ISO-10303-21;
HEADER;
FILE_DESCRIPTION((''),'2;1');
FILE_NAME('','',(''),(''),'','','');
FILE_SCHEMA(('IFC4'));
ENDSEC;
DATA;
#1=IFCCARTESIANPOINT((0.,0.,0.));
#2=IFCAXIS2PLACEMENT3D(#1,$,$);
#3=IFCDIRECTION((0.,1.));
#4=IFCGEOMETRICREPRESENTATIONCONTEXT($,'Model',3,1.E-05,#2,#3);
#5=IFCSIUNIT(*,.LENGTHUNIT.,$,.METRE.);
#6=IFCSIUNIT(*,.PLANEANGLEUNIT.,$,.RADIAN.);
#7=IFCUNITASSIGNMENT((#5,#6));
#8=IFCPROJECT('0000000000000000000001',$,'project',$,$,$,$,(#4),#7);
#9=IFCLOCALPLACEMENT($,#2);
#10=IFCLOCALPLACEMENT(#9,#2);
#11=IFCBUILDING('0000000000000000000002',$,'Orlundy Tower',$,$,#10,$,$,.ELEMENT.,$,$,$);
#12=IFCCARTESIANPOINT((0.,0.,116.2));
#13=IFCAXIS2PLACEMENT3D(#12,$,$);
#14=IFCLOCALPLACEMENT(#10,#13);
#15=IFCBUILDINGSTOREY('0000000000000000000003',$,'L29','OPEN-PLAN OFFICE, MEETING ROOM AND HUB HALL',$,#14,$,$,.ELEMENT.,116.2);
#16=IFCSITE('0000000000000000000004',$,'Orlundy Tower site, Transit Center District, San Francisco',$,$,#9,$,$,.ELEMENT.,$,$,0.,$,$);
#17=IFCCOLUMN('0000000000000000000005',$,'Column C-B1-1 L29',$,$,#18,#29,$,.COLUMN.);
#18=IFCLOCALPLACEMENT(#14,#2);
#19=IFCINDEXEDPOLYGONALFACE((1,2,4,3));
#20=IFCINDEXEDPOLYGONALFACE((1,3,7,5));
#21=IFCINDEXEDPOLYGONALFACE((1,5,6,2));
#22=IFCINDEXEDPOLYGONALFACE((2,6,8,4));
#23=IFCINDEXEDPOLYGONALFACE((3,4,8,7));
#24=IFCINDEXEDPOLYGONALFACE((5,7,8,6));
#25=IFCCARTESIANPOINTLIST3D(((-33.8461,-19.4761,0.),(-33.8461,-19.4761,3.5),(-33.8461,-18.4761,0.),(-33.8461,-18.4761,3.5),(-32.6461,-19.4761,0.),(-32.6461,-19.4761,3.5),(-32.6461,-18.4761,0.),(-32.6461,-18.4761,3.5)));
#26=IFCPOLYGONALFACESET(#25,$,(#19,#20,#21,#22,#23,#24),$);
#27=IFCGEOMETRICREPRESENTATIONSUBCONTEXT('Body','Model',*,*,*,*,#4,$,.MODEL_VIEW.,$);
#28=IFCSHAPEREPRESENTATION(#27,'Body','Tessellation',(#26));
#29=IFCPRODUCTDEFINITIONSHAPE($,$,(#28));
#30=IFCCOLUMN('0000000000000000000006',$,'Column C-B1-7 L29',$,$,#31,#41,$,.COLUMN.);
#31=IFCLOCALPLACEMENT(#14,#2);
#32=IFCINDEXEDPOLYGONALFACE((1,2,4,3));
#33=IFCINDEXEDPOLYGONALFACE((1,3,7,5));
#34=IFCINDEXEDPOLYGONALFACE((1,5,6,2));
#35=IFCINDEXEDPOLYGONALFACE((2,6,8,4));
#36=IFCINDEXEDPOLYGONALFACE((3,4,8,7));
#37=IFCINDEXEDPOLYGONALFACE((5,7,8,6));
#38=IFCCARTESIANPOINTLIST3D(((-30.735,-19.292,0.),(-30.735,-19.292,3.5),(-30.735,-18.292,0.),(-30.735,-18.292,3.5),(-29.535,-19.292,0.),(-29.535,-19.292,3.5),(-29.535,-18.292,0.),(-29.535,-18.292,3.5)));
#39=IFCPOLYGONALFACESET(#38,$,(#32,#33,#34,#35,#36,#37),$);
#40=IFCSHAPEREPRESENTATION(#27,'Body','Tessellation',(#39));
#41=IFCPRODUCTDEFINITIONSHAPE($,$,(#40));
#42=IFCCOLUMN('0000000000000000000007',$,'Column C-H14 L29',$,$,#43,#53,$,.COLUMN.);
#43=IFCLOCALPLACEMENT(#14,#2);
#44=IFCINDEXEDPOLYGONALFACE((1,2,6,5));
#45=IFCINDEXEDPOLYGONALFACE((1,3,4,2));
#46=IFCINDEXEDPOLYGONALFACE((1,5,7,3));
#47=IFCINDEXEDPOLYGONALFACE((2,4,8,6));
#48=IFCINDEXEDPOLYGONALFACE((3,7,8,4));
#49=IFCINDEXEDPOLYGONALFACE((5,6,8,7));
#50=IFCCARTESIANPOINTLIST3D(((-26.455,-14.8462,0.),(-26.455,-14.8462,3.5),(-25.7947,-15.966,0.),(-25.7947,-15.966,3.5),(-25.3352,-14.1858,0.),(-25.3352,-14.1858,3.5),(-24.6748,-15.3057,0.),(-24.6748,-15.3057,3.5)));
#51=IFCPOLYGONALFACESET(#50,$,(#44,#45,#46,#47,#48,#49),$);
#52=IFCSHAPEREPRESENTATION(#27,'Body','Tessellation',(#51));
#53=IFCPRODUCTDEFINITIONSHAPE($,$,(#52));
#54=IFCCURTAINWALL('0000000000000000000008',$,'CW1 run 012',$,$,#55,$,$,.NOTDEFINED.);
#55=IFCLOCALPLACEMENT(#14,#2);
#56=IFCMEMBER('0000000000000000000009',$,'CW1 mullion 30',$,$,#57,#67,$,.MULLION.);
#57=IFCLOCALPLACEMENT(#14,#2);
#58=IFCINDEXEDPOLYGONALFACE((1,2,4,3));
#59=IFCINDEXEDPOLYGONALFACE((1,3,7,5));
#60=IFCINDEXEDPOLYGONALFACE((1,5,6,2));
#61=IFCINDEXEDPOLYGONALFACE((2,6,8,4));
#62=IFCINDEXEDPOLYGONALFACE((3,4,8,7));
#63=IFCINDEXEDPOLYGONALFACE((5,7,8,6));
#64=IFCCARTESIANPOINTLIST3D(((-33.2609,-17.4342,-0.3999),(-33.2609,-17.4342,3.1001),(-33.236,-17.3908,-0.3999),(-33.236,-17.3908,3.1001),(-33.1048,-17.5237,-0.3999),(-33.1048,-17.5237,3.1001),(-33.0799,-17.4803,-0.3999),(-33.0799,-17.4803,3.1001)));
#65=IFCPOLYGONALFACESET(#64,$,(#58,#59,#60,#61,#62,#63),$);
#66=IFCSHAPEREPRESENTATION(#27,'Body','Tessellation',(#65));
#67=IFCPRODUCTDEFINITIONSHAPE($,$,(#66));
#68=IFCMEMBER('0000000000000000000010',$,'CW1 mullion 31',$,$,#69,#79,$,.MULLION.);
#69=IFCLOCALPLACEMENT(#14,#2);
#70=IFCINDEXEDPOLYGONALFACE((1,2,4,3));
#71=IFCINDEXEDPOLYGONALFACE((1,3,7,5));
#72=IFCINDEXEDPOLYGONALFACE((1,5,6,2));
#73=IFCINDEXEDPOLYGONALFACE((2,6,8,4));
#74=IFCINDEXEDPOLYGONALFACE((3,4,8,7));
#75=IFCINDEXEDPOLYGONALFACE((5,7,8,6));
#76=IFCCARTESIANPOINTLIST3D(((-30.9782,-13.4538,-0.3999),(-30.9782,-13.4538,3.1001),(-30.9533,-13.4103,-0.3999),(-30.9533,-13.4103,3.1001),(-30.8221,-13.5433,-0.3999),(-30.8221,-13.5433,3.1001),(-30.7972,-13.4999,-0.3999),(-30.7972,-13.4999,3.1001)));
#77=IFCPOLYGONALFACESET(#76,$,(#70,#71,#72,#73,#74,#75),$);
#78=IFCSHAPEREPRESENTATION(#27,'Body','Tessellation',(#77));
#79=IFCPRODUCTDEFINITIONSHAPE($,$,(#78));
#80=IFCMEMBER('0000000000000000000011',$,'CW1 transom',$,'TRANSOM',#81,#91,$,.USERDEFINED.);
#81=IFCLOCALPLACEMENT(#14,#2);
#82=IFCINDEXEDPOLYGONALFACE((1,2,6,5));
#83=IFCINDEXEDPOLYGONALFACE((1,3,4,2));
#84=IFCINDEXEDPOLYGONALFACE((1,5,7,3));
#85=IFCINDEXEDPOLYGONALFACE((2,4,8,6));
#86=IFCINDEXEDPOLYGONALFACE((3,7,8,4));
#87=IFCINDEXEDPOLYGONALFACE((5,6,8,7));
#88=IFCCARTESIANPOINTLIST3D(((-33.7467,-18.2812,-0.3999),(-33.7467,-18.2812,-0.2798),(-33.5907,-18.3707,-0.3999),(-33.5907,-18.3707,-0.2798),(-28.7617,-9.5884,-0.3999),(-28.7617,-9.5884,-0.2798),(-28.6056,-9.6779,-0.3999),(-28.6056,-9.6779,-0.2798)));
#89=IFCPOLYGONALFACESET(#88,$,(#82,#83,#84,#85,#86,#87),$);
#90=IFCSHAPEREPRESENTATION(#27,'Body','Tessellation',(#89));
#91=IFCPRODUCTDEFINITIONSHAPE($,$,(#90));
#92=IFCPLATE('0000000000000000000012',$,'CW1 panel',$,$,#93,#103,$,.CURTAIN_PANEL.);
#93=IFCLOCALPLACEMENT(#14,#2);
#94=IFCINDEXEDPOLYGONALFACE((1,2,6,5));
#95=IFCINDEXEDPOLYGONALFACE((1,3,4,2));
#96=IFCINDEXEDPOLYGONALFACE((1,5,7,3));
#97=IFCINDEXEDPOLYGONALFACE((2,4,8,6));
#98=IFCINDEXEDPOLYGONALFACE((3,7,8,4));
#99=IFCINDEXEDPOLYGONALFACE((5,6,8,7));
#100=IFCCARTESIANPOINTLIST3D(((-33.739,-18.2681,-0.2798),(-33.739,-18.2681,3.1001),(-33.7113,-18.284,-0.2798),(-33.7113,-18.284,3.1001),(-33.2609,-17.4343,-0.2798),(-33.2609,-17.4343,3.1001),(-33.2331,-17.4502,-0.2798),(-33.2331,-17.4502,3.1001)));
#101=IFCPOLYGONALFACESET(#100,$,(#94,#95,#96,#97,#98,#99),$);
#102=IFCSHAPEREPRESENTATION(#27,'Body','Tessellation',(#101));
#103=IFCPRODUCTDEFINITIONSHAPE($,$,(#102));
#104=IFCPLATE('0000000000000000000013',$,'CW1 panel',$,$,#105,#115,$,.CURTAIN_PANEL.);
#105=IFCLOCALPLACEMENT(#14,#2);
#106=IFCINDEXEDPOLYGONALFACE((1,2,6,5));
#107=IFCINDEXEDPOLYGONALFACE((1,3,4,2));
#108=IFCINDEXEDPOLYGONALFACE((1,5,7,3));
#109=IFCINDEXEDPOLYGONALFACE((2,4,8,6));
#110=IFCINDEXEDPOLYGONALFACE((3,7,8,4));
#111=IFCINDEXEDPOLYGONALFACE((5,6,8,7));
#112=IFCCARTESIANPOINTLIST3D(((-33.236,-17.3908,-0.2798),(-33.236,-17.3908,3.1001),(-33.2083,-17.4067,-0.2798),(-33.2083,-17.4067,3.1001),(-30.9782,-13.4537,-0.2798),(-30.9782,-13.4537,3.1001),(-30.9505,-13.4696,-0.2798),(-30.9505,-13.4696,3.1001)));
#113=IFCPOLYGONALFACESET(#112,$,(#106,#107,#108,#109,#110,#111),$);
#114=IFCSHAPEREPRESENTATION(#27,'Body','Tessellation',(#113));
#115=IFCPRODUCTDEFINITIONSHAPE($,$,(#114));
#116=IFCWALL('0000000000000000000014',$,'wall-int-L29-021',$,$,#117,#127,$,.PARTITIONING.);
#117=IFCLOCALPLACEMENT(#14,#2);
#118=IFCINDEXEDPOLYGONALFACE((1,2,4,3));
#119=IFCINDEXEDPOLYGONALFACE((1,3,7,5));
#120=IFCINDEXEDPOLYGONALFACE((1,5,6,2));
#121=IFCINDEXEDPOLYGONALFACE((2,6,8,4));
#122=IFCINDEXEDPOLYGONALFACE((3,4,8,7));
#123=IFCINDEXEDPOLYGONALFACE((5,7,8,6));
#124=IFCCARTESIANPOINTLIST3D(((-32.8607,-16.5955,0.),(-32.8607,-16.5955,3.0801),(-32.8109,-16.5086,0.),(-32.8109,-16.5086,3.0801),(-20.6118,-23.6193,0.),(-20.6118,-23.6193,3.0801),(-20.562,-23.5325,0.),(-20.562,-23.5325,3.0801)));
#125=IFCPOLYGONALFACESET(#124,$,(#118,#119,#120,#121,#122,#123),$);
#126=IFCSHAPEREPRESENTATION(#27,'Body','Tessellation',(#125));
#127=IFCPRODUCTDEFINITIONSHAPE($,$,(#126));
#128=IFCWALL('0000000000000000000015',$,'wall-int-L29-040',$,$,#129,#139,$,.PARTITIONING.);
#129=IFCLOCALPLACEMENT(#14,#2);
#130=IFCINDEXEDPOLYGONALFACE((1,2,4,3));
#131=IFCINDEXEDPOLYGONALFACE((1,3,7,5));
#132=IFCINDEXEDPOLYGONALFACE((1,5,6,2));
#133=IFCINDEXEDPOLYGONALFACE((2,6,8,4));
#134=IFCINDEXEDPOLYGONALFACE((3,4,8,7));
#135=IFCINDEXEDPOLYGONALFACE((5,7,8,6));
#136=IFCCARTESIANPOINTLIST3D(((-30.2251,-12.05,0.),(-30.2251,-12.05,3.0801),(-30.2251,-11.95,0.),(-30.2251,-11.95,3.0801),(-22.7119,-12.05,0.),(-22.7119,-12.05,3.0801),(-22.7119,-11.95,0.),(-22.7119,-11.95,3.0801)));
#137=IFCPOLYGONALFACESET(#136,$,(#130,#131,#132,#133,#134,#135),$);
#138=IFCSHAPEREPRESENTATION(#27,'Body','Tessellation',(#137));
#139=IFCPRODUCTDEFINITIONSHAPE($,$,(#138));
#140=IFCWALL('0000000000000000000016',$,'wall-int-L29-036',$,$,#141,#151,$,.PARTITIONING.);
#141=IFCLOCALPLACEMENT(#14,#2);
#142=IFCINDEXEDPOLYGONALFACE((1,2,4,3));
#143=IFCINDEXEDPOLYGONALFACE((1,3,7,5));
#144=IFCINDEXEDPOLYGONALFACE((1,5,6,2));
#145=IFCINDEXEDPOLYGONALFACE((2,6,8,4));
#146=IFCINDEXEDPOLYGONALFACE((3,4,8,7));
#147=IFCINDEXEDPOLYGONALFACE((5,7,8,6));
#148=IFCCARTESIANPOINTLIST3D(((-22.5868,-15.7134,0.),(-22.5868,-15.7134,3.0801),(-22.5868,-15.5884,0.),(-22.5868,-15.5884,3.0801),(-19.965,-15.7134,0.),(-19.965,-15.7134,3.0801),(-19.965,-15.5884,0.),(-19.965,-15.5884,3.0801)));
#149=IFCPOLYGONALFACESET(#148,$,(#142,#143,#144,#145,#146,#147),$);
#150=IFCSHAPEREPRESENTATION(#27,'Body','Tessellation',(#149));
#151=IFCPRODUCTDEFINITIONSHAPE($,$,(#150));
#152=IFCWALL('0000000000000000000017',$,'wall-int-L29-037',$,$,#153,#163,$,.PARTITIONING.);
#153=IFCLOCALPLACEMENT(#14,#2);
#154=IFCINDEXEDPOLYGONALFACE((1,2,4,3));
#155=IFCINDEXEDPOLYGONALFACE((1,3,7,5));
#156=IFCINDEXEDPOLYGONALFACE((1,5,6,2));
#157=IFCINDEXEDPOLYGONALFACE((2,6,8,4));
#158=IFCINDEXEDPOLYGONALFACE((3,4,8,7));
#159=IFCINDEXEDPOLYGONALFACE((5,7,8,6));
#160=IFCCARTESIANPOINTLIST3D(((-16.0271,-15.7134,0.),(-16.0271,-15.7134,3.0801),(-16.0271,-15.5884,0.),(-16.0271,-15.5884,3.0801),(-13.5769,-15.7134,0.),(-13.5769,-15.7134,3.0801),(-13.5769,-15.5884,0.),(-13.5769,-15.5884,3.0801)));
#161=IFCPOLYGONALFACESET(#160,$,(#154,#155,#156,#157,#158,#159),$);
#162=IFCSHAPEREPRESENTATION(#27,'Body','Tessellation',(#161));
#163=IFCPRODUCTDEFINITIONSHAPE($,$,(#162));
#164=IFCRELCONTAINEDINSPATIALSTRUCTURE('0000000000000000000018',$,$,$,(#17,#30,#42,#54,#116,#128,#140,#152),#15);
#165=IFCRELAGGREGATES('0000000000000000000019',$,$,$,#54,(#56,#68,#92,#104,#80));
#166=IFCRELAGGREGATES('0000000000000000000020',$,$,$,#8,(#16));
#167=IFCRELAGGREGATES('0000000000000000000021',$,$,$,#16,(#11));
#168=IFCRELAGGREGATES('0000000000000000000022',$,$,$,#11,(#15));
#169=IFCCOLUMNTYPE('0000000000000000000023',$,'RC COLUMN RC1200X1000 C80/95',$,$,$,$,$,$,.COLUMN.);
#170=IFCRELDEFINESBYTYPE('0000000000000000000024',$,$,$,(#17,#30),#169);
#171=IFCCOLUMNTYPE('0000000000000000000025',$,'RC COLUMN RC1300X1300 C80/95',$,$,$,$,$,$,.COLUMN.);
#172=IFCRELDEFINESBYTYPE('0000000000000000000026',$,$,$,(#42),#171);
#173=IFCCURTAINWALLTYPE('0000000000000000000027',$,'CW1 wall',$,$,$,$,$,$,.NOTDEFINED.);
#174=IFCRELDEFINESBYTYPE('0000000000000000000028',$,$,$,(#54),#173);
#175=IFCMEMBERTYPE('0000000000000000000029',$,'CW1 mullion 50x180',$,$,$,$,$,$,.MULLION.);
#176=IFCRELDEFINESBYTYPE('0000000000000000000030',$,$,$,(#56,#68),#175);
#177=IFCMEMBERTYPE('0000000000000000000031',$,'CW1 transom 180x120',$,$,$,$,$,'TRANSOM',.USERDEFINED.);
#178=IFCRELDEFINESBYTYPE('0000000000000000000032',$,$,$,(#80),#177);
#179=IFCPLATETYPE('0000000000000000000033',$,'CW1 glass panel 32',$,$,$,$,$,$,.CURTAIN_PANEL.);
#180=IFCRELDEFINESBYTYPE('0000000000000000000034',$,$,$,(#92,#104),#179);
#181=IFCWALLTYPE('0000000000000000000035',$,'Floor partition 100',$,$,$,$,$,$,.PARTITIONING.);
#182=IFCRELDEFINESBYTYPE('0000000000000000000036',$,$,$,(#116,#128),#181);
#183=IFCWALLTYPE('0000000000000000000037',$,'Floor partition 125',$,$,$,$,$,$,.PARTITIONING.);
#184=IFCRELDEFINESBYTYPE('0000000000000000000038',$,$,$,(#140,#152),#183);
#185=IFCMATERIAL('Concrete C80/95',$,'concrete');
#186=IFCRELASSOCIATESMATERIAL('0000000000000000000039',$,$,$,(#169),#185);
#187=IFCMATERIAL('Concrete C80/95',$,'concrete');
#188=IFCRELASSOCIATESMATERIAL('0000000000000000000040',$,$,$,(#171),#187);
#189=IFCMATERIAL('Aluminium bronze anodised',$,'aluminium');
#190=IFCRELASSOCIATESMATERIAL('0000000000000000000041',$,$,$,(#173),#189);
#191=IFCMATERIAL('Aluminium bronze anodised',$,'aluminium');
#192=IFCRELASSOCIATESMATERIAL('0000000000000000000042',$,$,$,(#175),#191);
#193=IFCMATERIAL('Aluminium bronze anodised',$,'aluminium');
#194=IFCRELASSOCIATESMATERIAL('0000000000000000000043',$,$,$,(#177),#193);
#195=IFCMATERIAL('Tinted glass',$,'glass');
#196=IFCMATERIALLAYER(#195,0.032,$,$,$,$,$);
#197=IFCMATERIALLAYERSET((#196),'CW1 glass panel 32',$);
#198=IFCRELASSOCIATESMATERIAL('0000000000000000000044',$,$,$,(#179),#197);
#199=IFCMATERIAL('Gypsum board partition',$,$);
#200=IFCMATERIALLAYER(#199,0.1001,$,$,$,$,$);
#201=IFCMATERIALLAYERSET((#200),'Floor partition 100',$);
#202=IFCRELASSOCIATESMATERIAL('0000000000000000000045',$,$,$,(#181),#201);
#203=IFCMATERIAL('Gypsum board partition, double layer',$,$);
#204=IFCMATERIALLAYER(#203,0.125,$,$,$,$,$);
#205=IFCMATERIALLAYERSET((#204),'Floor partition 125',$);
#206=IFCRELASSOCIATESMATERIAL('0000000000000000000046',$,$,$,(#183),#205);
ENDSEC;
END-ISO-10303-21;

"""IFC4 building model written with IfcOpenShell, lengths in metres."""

from ifc_helpers import new_model, si_unit, direction, frame, frame_2d, origin, origin_2d, place, context, subcontext, project, spatial, rectangle, extrude, material, layer, layer_set, material_profile, profile_set, type_object, element, aggregate, save


model = new_model("IFC4")

# Units and contexts
model_context = context("Model", 3, precision=1e-05, world=origin(), true_north=direction((0.0, 1.0)))
body_context = subcontext(model_context, "Body", "Model", "MODEL_VIEW")
ifc_project = project(units=[si_unit("LENGTHUNIT", "METRE"), si_unit("PLANEANGLEUNIT", "RADIAN")], contexts=[model_context])

# Site, building, storey
site_placement = place(None, origin())
site = spatial("IfcSite", under=ifc_project, at=site_placement, Name="Orlundy Tower site, Transit Center District, San Francisco", CompositionType="ELEMENT", RefElevation=0.0)
building_placement = place(site_placement, origin())
building = spatial("IfcBuilding", under=site, at=building_placement, Name="Orlundy Tower", CompositionType="ELEMENT")
storey_placement = place(building_placement, frame((0.0, 0.0, 116.2)))
storey = spatial("IfcBuildingStorey", under=building, at=storey_placement, Name="L29", Description="OPEN-PLAN OFFICE, MEETING ROOM AND HUB HALL", CompositionType="ELEMENT", Elevation=116.2)

# Columns
ifc_material_1 = material(Name="Concrete C80/95", Category="concrete")
ifc_material_profile_1 = material_profile(ifc_material_1, rectangle(XDim=1.2, YDim=1.0, at=origin_2d()), Name="RC1200X1000")
ifc_profile_set_1 = profile_set([ifc_material_profile_1], Name="Concrete C80/95")
column_type_1 = type_object("IfcColumnType", Name="RC COLUMN RC1200X1000 C80/95", PredefinedType="COLUMN", material=ifc_profile_set_1)
for number, where, z_axis, x_axis, name in (
    (1, (-33.2461, -18.9761, 0.0), (0.0, 0.0, 1.0), (1.0, 0.0, 0.0), "Column C-B1-1 L29"),
    (2, (-30.135, -18.792, 0.0), (0.0, 0.0, 1.0), (1.0, 0.0, 0.0), "Column C-B1-7 L29"),
):
    element("IfcColumn", number, at=place(storey_placement, frame(where, z_axis=z_axis, x_axis=x_axis)), inside=storey, type_object=column_type_1, Name=name, PredefinedType="COLUMN", context=body_context, shape_type="SweptSolid", body=[
        extrude(rectangle(XDim=1.2, YDim=1.0, at=origin_2d()), origin(), (0.0, 0.0, 1.0), 3.5),
    ])
ifc_material_2 = material(Name="Concrete C80/95", Category="concrete")
ifc_material_profile_2 = material_profile(ifc_material_2, rectangle(XDim=1.3, YDim=1.3, at=origin_2d()), Name="RC1300X1300")
ifc_profile_set_2 = profile_set([ifc_material_profile_2], Name="Concrete C80/95")
column_type_2 = type_object("IfcColumnType", Name="RC COLUMN RC1300X1300 C80/95", PredefinedType="COLUMN", material=ifc_profile_set_2)
column_placement = place(storey_placement, frame((-25.5649, -15.0759, 0.0), z_axis=(0.0, 0.0, 1.0), x_axis=(-0.861381, -0.507959, 0.0)))
element("IfcColumn", 3, at=column_placement, inside=storey, type_object=column_type_2, Name="Column C-H14 L29", PredefinedType="COLUMN", context=body_context, shape_type="SweptSolid", body=[
    extrude(rectangle(XDim=1.3, YDim=1.3, at=origin_2d()), origin(), (0.0, 0.0, 1.0), 3.5),
])

# Curtain wall, members, plates
ifc_material_3 = material(Name="Aluminium bronze anodised", Category="aluminium")
curtain_wall_type = type_object("IfcCurtainWallType", Name="CW1 wall", PredefinedType="NOTDEFINED", material=ifc_material_3)
curtain_wall_placement = place(storey_placement, origin())
curtain_wall = element("IfcCurtainWall", 4, at=curtain_wall_placement, inside=storey, type_object=curtain_wall_type, Name="CW1 run 012", PredefinedType="NOTDEFINED")
ifc_material_4 = material(Name="Aluminium bronze anodised", Category="aluminium")
ifc_material_profile_3 = material_profile(ifc_material_4, rectangle(XDim=0.1799, YDim=0.05, at=origin_2d()), Name="CW1 mullion 50x180")
ifc_profile_set_3 = profile_set([ifc_material_profile_3], Name="Aluminium bronze anodised")
member_type_1 = type_object("IfcMemberType", Name="CW1 mullion 50x180", PredefinedType="MULLION", material=ifc_profile_set_3)
member_1_placement = place(storey_placement, frame((-33.1704, -17.4573, -0.3999), z_axis=(0.0, 0.0, 1.0), x_axis=(-0.867482, 0.497468, 0.0)))
member_1 = element("IfcMember", 5, at=member_1_placement, type_object=member_type_1, Name="CW1 mullion 30", PredefinedType="MULLION", context=body_context, shape_type="SweptSolid", body=[
    extrude(rectangle(XDim=0.1799, YDim=0.05, at=origin_2d()), origin(), (0.0, 0.0, 1.0), 3.5),
])
member_2_placement = place(storey_placement, frame((-30.8877, -13.4768, -0.3999), z_axis=(0.0, 0.0, 1.0), x_axis=(-0.867482, 0.497468, 0.0)))
member_2 = element("IfcMember", 6, at=member_2_placement, type_object=member_type_1, Name="CW1 mullion 31", PredefinedType="MULLION", context=body_context, shape_type="SweptSolid", body=[
    extrude(rectangle(XDim=0.1799, YDim=0.05, at=origin_2d()), origin(), (0.0, 0.0, 1.0), 3.5),
])
ifc_material_5 = material(Name="Aluminium bronze anodised", Category="aluminium")
ifc_material_profile_4 = material_profile(ifc_material_5, rectangle(XDim=0.1799, YDim=0.1201, at=origin_2d()), Name="CW1 transom 180x120")
ifc_profile_set_4 = profile_set([ifc_material_profile_4], Name="Aluminium bronze anodised")
member_type_2 = type_object("IfcMemberType", Name="CW1 transom 180x120", ElementType="TRANSOM", PredefinedType="USERDEFINED", material=ifc_profile_set_4)
member_3_placement = place(storey_placement, frame((-33.6687, -18.3259, -0.3398), z_axis=(0.497474, 0.867479, 0.0), x_axis=(-0.867479, 0.497474, 0.0)))
member_3 = element("IfcMember", 7, at=member_3_placement, type_object=member_type_2, Name="CW1 transom", ObjectType="TRANSOM", PredefinedType="USERDEFINED", context=body_context, shape_type="SweptSolid", body=[
    extrude(rectangle(XDim=0.1799, YDim=0.1201, at=origin_2d()), origin(), (0.0, 0.0, 1.0), 10.0208),
])
ifc_material_6 = material(Name="Tinted glass", Category="glass")
ifc_layer_1 = layer(ifc_material_6, 0.032)
ifc_layer_set_1 = layer_set([ifc_layer_1], Name="CW1 glass panel 32")
plate_type = type_object("IfcPlateType", Name="CW1 glass panel 32", PredefinedType="CURTAIN_PANEL", material=ifc_layer_set_1)
plate_1_placement = place(storey_placement, frame((-33.4861, -17.8591, -0.2798), z_axis=(0.0, 0.0, 1.0), x_axis=(0.497468, 0.867482, 0.0)))
plate_1 = element("IfcPlate", 8, at=plate_1_placement, type_object=plate_type, Name="CW1 panel", PredefinedType="CURTAIN_PANEL", context=body_context, shape_type="SweptSolid", body=[
    extrude(rectangle(XDim=0.9612, YDim=0.032, at=origin_2d()), origin(), (0.0, 0.0, 1.0), 3.3799),
])
plate_2_placement = place(storey_placement, frame((-32.0933, -15.4302, -0.2798), z_axis=(0.0, 0.0, 1.0), x_axis=(0.497468, 0.867482, 0.0)))
plate_2 = element("IfcPlate", 9, at=plate_2_placement, type_object=plate_type, Name="CW1 panel", PredefinedType="CURTAIN_PANEL", context=body_context, shape_type="SweptSolid", body=[
    extrude(rectangle(XDim=4.5386, YDim=0.032, at=origin_2d()), origin(), (0.0, 0.0, 1.0), 3.3799),
])
aggregate(curtain_wall, [member_1, member_2, plate_1, plate_2, member_3])

# Walls
ifc_material_7 = material(Name="Gypsum board partition")
ifc_layer_2 = layer(ifc_material_7, 0.1001)
ifc_layer_set_2 = layer_set([ifc_layer_2], Name="Floor partition 100")
wall_type_1 = type_object("IfcWallType", Name="Floor partition 100", PredefinedType="PARTITIONING", material=ifc_layer_set_2)
wall_1_placement = place(storey_placement, frame((-32.8359, -16.552, 0.0), z_axis=(0.0, 0.0, 1.0), x_axis=(0.867495, -0.497446, 0.0)))
element("IfcWall", 10, at=wall_1_placement, inside=storey, type_object=wall_type_1, Name="wall-int-L29-021", PredefinedType="PARTITIONING", context=body_context, shape_type="SweptSolid", body=[
    extrude(rectangle(XDim=14.1199, YDim=0.1001, at=frame_2d((7.0601, 0.0))), origin(), (0.0, 0.0, 1.0), 3.0801),
])
wall_2_placement = place(storey_placement, frame((-30.2251, -12.0, 0.0), z_axis=(0.0, 0.0, 1.0), x_axis=(1.0, 0.0, 0.0)))
element("IfcWall", 11, at=wall_2_placement, inside=storey, type_object=wall_type_1, Name="wall-int-L29-040", PredefinedType="PARTITIONING", context=body_context, shape_type="SweptSolid", body=[
    extrude(rectangle(XDim=7.5132, YDim=0.1001, at=frame_2d((3.7566, 0.0))), origin(), (0.0, 0.0, 1.0), 3.0801),
])
ifc_material_8 = material(Name="Gypsum board partition, double layer")
ifc_layer_3 = layer(ifc_material_8, 0.125)
ifc_layer_set_3 = layer_set([ifc_layer_3], Name="Floor partition 125")
wall_type_2 = type_object("IfcWallType", Name="Floor partition 125", PredefinedType="PARTITIONING", material=ifc_layer_set_3)
wall_3_placement = place(storey_placement, frame((-22.5869, -15.6509, 0.0), z_axis=(0.0, 0.0, 1.0), x_axis=(1.0, 0.0, 0.0)))
element("IfcWall", 12, at=wall_3_placement, inside=storey, type_object=wall_type_2, Name="wall-int-L29-036", PredefinedType="PARTITIONING", context=body_context, shape_type="SweptSolid", body=[
    extrude(rectangle(XDim=2.6218, YDim=0.125, at=frame_2d((1.311, 0.0))), origin(), (0.0, 0.0, 1.0), 3.0801),
])
wall_4_placement = place(storey_placement, frame((-16.0271, -15.6509, 0.0), z_axis=(0.0, 0.0, 1.0), x_axis=(1.0, 0.0, 0.0)))
element("IfcWall", 13, at=wall_4_placement, inside=storey, type_object=wall_type_2, Name="wall-int-L29-037", PredefinedType="PARTITIONING", context=body_context, shape_type="SweptSolid", body=[
    extrude(rectangle(XDim=2.4502, YDim=0.125, at=frame_2d((1.2251, 0.0))), origin(), (0.0, 0.0, 1.0), 3.0801),
])

save(model, "model.ifc")
